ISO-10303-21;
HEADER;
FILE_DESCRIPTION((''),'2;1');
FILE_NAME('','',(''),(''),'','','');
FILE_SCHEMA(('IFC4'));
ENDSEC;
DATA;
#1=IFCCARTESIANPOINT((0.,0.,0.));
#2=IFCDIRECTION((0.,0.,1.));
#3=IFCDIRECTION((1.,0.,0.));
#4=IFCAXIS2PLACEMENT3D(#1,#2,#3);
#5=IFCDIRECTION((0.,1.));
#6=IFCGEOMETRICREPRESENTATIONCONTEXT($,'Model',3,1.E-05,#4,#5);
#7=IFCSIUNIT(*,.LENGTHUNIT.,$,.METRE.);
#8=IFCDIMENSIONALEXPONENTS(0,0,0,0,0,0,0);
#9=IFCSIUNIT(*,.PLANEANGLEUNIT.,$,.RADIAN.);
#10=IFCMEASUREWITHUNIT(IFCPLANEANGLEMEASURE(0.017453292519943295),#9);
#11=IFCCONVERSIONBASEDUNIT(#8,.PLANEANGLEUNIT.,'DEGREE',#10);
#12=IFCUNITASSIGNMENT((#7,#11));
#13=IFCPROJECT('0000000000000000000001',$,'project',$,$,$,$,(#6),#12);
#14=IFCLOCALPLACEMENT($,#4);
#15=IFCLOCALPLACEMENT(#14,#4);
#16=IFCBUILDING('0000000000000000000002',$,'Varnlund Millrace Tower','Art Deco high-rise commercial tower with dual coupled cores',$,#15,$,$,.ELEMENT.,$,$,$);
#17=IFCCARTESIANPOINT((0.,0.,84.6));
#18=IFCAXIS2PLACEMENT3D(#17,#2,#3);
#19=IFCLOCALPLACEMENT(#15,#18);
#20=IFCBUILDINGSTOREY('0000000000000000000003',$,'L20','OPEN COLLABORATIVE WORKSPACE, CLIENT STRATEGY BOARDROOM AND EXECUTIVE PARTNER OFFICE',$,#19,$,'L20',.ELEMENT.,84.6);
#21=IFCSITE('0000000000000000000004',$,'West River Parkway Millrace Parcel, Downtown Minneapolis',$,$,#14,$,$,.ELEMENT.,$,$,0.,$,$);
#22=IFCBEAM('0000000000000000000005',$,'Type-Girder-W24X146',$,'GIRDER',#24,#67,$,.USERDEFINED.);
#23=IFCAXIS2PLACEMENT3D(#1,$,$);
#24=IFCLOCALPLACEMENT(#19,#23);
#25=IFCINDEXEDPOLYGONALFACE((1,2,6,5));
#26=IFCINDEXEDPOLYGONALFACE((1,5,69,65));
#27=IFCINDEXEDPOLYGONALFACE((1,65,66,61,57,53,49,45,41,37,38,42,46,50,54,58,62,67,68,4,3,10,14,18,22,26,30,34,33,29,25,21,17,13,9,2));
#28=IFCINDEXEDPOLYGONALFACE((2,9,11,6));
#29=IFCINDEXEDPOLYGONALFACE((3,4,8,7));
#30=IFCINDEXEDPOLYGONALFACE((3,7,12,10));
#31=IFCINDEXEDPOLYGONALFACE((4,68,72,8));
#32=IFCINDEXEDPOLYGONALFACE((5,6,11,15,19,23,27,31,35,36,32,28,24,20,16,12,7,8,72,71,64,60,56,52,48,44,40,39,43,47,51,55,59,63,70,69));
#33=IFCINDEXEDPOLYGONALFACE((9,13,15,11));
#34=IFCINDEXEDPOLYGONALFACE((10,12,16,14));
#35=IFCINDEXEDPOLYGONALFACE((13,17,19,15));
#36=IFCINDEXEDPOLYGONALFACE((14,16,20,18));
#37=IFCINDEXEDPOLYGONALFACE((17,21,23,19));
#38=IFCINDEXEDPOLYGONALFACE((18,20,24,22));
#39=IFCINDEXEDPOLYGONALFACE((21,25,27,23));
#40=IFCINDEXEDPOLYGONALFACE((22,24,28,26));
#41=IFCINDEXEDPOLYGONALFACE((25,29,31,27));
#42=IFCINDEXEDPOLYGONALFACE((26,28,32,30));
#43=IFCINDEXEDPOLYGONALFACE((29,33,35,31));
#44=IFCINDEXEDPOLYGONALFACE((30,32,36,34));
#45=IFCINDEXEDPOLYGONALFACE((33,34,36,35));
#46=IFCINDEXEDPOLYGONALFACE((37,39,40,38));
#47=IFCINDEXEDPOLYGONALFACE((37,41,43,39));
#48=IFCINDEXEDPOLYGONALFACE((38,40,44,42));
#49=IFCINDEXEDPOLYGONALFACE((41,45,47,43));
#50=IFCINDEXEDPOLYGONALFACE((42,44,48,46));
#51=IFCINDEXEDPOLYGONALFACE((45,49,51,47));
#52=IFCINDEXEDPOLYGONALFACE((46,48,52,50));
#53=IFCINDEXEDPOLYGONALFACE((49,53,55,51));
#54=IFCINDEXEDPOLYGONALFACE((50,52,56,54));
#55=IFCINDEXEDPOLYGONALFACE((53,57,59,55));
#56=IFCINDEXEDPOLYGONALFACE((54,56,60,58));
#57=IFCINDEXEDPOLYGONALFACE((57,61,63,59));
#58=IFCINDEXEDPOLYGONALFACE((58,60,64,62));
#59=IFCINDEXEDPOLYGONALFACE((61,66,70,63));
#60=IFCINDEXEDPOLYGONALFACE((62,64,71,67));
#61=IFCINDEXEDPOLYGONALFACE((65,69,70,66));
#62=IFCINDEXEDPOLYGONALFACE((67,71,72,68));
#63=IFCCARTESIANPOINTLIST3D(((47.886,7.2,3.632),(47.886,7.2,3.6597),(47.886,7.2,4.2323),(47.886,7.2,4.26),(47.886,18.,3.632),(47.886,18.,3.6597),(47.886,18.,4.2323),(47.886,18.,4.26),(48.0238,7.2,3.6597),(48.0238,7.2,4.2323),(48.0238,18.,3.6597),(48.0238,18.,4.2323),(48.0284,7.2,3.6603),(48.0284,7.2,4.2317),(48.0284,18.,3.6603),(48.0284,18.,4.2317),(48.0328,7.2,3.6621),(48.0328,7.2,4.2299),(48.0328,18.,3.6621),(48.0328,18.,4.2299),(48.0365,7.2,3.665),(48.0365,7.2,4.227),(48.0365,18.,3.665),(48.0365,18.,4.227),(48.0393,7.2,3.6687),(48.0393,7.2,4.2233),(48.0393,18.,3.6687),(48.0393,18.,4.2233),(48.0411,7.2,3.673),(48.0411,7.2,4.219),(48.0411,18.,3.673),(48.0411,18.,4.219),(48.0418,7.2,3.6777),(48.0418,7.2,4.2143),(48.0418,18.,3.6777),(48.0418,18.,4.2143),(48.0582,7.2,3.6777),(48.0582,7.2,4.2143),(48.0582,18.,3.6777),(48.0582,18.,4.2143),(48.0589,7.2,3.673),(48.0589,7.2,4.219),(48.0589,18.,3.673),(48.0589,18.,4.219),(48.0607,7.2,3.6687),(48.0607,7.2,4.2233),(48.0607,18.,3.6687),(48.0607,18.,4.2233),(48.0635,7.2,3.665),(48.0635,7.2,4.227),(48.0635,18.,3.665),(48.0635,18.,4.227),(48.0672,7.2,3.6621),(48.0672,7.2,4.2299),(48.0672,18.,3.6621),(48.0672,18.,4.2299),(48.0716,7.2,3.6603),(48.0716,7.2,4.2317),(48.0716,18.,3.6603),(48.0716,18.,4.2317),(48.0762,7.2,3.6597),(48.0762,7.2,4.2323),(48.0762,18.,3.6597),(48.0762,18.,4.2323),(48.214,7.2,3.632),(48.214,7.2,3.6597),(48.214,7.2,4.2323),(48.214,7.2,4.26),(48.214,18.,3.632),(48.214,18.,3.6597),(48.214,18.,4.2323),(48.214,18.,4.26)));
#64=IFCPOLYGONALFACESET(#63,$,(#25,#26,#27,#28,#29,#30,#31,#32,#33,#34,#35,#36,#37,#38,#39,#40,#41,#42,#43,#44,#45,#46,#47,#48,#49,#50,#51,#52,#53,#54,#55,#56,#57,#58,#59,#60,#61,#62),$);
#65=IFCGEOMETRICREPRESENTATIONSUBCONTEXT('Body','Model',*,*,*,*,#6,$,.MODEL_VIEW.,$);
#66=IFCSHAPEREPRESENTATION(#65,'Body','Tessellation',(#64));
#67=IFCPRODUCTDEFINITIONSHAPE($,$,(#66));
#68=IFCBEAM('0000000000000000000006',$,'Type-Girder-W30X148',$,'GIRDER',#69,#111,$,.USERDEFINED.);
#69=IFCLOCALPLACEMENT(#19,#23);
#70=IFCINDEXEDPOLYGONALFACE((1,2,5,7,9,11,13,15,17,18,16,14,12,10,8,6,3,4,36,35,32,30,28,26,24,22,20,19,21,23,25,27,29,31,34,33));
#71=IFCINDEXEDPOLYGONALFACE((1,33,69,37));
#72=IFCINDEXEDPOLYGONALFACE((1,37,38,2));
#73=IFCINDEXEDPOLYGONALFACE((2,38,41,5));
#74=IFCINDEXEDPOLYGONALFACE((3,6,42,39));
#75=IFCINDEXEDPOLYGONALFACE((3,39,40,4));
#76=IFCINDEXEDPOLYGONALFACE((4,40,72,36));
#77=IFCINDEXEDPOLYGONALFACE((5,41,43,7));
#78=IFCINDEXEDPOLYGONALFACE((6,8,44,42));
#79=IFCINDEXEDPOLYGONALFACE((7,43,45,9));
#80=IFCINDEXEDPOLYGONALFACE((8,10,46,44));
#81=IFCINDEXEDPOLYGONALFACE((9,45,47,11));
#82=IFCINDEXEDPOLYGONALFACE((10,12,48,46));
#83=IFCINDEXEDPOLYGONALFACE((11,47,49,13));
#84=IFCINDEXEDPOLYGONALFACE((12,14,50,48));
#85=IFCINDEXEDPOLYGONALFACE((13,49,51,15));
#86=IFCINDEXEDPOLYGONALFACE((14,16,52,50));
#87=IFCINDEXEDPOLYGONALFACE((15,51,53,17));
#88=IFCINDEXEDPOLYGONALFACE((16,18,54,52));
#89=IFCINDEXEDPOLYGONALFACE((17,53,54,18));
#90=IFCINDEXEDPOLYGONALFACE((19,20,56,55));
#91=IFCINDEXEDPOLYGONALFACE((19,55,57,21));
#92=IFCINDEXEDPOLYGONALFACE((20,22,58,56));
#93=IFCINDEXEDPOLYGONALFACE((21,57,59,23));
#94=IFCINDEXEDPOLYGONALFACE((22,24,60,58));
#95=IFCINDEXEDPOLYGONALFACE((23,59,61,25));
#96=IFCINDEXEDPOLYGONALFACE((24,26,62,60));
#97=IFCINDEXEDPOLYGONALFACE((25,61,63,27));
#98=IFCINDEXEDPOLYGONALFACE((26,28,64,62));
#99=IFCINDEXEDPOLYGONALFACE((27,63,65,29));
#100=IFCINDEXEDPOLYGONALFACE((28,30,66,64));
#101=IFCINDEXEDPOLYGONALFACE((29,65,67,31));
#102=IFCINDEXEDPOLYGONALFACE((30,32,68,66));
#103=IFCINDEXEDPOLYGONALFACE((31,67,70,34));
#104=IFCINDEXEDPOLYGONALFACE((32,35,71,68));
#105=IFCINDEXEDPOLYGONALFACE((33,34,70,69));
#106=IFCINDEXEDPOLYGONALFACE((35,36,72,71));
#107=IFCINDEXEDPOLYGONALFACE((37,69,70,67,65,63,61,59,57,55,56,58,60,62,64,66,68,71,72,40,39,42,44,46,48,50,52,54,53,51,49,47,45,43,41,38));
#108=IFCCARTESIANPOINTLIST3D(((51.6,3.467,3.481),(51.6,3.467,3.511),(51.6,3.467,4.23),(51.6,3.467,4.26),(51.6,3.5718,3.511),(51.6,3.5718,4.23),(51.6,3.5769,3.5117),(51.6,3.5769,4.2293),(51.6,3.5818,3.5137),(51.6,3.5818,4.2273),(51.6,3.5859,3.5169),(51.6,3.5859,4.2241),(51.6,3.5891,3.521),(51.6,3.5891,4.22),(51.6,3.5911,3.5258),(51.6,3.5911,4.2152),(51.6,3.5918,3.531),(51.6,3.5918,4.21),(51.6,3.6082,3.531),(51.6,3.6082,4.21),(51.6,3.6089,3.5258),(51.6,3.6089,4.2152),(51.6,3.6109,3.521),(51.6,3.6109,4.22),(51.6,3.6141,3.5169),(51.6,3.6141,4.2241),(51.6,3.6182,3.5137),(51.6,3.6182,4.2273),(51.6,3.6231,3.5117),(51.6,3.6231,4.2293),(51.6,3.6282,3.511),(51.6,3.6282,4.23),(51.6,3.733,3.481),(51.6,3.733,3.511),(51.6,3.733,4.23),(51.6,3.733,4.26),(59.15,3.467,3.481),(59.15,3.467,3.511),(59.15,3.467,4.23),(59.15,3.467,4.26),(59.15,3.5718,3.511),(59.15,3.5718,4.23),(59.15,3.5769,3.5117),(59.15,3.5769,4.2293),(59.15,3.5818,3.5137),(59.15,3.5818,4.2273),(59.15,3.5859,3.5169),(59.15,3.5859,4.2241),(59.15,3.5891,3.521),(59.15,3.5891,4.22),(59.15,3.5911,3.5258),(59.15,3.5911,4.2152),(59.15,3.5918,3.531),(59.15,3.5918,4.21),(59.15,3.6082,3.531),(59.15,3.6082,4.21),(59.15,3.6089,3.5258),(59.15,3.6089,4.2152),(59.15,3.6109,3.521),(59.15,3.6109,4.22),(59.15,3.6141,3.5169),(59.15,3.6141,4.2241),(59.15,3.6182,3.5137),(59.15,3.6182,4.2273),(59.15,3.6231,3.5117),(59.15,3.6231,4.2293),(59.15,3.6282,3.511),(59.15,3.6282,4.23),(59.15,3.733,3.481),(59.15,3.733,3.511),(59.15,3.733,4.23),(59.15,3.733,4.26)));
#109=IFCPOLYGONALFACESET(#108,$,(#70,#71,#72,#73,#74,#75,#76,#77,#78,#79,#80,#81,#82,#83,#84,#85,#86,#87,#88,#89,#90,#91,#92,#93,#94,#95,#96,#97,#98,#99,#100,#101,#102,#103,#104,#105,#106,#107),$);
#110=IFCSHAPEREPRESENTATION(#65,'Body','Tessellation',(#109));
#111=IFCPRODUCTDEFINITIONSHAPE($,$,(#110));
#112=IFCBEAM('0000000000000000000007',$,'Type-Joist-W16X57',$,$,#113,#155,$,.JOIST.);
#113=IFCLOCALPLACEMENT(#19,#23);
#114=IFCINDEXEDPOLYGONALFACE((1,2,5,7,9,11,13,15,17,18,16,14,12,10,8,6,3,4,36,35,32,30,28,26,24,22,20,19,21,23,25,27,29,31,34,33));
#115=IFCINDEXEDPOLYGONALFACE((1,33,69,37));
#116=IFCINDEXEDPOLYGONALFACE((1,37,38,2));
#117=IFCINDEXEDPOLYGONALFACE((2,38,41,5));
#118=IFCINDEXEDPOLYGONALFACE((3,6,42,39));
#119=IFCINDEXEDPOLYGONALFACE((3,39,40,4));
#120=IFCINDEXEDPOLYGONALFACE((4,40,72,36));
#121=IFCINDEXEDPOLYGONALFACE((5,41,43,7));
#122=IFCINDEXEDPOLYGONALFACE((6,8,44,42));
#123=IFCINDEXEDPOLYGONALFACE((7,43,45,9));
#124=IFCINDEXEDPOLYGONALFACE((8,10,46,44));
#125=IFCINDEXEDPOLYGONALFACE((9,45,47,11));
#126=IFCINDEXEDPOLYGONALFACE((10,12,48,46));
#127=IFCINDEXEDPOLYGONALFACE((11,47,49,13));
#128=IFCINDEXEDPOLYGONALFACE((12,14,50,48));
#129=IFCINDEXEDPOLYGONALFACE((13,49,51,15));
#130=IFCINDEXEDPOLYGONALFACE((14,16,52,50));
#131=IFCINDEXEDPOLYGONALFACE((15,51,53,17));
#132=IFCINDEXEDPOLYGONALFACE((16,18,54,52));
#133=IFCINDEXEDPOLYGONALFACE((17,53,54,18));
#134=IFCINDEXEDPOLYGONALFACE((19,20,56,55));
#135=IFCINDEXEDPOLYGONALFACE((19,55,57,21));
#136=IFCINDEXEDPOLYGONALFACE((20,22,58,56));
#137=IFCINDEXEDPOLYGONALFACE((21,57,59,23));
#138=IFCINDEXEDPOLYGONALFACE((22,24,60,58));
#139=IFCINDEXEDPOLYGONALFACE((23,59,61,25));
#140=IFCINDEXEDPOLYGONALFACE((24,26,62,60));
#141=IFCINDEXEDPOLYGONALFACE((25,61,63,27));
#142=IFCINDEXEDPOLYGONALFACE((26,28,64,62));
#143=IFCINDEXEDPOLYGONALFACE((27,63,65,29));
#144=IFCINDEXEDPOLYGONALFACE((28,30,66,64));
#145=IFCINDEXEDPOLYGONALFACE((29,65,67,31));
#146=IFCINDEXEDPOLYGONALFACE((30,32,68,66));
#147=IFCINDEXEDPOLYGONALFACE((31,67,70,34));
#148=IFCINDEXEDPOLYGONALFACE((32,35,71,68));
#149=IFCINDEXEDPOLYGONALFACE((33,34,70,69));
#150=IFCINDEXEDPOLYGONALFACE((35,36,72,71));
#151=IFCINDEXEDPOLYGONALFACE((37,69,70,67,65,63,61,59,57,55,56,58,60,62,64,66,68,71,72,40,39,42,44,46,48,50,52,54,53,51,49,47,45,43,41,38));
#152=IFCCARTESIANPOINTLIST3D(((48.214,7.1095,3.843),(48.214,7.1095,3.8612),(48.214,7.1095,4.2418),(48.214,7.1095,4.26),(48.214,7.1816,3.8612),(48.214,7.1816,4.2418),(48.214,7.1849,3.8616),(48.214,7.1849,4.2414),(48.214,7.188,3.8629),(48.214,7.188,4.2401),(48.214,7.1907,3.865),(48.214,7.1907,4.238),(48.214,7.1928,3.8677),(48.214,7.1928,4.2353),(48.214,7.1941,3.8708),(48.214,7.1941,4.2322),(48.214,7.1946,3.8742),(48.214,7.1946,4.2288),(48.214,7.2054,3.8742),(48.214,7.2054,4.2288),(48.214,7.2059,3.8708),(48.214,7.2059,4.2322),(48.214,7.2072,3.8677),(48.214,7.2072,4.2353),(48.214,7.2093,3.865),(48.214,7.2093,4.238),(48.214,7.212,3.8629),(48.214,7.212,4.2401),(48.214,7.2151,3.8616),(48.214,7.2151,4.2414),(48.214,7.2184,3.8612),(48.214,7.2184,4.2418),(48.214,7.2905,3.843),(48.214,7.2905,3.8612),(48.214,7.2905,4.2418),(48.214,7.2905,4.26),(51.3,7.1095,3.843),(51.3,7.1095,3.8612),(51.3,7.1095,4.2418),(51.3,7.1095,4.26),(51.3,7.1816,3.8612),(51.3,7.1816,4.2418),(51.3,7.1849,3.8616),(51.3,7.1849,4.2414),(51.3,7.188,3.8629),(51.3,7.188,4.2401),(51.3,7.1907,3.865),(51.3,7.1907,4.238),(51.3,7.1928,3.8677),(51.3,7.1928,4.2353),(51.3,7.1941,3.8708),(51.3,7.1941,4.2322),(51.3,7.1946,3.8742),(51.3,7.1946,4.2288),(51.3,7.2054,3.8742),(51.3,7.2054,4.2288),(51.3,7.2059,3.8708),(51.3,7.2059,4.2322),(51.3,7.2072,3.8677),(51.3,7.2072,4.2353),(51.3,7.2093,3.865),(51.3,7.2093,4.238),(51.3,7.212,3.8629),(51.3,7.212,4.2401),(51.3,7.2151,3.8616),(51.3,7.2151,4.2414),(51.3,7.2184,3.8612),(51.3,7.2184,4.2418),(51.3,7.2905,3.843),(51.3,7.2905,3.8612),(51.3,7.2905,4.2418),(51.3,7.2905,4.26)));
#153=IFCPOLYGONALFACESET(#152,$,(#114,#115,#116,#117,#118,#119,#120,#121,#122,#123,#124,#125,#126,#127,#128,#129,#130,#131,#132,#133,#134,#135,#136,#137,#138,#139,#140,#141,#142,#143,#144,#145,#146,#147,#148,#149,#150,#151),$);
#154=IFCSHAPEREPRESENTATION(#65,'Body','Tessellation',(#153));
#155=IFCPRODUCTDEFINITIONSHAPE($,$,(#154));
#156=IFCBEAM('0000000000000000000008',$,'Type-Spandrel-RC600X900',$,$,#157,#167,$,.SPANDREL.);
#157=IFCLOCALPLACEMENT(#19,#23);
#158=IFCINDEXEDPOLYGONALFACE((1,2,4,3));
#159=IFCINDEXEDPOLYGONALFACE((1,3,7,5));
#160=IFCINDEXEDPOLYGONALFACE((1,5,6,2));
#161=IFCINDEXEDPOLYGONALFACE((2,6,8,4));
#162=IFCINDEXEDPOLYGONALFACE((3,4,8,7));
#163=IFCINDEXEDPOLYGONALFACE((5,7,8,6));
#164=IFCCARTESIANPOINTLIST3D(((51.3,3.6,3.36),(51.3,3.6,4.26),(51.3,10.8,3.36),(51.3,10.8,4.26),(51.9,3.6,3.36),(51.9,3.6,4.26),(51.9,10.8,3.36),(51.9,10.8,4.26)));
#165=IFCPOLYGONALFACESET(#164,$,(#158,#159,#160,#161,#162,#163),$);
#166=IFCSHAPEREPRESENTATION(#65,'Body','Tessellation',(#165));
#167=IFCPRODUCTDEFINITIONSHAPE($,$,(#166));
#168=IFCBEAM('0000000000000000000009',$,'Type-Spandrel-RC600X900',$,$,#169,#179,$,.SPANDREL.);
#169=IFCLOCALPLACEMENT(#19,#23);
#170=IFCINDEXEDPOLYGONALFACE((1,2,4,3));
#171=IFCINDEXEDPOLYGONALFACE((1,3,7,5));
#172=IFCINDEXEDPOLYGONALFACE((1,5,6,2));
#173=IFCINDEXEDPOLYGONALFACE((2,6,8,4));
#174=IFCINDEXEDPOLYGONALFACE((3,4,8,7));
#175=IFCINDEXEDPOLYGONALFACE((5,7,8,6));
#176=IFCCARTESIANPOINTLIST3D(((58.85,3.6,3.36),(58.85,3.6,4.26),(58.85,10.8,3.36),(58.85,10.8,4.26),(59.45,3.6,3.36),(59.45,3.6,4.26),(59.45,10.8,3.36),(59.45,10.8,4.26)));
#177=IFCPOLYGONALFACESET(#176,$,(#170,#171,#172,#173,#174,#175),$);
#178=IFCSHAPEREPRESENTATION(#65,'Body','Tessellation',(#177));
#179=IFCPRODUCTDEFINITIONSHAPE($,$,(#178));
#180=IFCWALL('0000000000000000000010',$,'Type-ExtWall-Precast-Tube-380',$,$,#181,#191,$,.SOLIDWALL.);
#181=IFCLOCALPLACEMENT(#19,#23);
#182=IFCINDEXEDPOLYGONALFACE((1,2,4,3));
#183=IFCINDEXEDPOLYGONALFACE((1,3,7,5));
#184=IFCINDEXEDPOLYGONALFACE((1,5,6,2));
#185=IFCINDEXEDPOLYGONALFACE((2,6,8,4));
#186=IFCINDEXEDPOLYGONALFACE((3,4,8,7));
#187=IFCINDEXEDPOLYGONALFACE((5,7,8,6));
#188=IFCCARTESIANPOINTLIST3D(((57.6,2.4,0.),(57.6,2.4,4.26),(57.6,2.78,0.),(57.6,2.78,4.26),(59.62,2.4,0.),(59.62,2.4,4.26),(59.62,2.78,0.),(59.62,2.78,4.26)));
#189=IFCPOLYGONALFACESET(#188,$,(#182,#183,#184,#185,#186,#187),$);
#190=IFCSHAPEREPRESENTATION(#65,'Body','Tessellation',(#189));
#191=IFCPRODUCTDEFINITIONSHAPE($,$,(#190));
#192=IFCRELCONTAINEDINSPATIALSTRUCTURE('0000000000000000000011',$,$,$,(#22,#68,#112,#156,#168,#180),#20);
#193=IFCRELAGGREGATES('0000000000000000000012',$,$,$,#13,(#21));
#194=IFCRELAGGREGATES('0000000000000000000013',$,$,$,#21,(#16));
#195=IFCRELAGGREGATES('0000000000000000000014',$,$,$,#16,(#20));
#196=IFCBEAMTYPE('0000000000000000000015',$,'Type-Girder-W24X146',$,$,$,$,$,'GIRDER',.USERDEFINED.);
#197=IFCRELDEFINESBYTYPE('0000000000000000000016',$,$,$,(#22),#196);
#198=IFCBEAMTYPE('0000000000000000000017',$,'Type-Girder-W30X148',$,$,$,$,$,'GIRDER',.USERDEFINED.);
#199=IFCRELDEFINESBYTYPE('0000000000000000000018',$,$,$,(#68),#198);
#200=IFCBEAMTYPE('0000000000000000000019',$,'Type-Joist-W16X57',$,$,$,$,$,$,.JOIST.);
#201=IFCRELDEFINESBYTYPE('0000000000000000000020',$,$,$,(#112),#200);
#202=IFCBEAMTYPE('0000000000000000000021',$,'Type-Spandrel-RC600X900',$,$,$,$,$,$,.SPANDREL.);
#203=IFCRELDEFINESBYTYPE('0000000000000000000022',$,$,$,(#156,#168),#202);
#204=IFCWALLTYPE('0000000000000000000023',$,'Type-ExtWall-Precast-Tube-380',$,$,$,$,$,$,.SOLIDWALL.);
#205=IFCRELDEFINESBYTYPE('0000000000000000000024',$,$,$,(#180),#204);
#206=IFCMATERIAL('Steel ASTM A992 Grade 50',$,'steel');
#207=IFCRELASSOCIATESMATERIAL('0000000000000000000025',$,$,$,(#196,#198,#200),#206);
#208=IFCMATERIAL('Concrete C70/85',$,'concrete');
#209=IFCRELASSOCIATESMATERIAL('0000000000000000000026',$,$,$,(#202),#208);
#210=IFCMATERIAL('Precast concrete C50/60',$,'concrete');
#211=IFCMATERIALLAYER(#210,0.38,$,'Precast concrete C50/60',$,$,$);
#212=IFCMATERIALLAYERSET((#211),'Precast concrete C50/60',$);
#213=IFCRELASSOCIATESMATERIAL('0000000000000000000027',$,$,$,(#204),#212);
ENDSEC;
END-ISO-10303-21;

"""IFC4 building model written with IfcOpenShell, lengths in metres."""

from ifc_helpers import new_model, entity, si_unit, converted_unit, direction, frame, origin_with_axes, origin_2d_with_axis, place, context, subcontext, project, spatial, polyline, rectangle, i_section, outline, extrude, material, layer, layer_set, material_profile, profile_set, type_object, element, save


model = new_model("IFC4")

# Units and contexts
model_context = context("Model", 3, precision=1e-05, world=origin_with_axes(), true_north=direction((0.0, 1.0)))
body_context = subcontext(model_context, "Body", "Model", "MODEL_VIEW")
ifc_project = project(units=[si_unit("LENGTHUNIT", "METRE"), converted_unit("PLANEANGLEUNIT", "DEGREE", entity("IfcPlaneAngleMeasure", 0.017453292519943295), si_unit("PLANEANGLEUNIT", "RADIAN"), dimensions=[0, 0, 0, 0, 0, 0, 0])], contexts=[model_context])

# Site, building, storey
site_placement = place(None, origin_with_axes())
site = spatial("IfcSite", under=ifc_project, at=site_placement, Name="West River Parkway Millrace Parcel, Downtown Minneapolis", CompositionType="ELEMENT", RefElevation=0.0)
building_placement = place(site_placement, origin_with_axes())
building = spatial("IfcBuilding", under=site, at=building_placement, Name="Varnlund Millrace Tower", Description="Art Deco high-rise commercial tower with dual coupled cores", CompositionType="ELEMENT")
storey_placement = place(building_placement, frame((0.0, 0.0, 84.6), z_axis=(0.0, 0.0, 1.0), x_axis=(1.0, 0.0, 0.0)))
storey = spatial("IfcBuildingStorey", under=building, at=storey_placement, Name="L20", Description="OPEN COLLABORATIVE WORKSPACE, CLIENT STRATEGY BOARDROOM AND EXECUTIVE PARTNER OFFICE", LongName="L20", CompositionType="ELEMENT", Elevation=84.6)

# Beams
ifc_material_1 = material(Name="Steel ASTM A992 Grade 50", Category="steel")
ifc_material_profile_1 = material_profile(ifc_material_1, i_section(OverallWidth=0.328, OverallDepth=0.628, WebThickness=0.0165, FlangeThickness=0.0277, FilletRadius=0.018, at=origin_2d_with_axis()), Name="Steel ASTM A992 Grade 50")
ifc_profile_set_1 = profile_set([ifc_material_profile_1], Name="Steel ASTM A992 Grade 50")
beam_type_1 = type_object("IfcBeamType", Name="Type-Girder-W24X146", ElementType="GIRDER", PredefinedType="USERDEFINED", material=ifc_profile_set_1)
beam_1_placement = place(storey_placement, frame((48.05, 7.2, 3.946), z_axis=(0.0, 1.0, 0.0), x_axis=(-1.0, 0.0, 0.0)))
element("IfcBeam", 1, at=beam_1_placement, inside=storey, type_object=beam_type_1, Name="Type-Girder-W24X146", ObjectType="GIRDER", PredefinedType="USERDEFINED", context=body_context, shape_type="SweptSolid", body=[
    extrude(i_section(OverallWidth=0.328, OverallDepth=0.628, WebThickness=0.0165, FlangeThickness=0.0277, FilletRadius=0.018, at=origin_2d_with_axis()), origin_with_axes(), (0.0, 0.0, 1.0), 10.8),
])
ifc_material_profile_2 = material_profile(ifc_material_1, i_section(OverallWidth=0.266, OverallDepth=0.779, WebThickness=0.0165, FlangeThickness=0.03, FilletRadius=0.02, at=origin_2d_with_axis()), Name="Steel ASTM A992 Grade 50")
ifc_profile_set_2 = profile_set([ifc_material_profile_2], Name="Steel ASTM A992 Grade 50")
beam_type_2 = type_object("IfcBeamType", Name="Type-Girder-W30X148", ElementType="GIRDER", PredefinedType="USERDEFINED", material=ifc_profile_set_2)
beam_2_placement = place(storey_placement, frame((51.6, 3.6, 3.8705), z_axis=(1.0, 0.0, 0.0), x_axis=(0.0, 1.0, 0.0)))
element("IfcBeam", 2, at=beam_2_placement, inside=storey, type_object=beam_type_2, Name="Type-Girder-W30X148", ObjectType="GIRDER", PredefinedType="USERDEFINED", context=body_context, shape_type="SweptSolid", body=[
    extrude(i_section(OverallWidth=0.266, OverallDepth=0.779, WebThickness=0.0165, FlangeThickness=0.03, FilletRadius=0.02, at=origin_2d_with_axis()), origin_with_axes(), (0.0, 0.0, 1.0), 7.55),
])
ifc_material_profile_3 = material_profile(ifc_material_1, i_section(OverallWidth=0.181, OverallDepth=0.417, WebThickness=0.0109, FlangeThickness=0.0182, FilletRadius=0.013, at=origin_2d_with_axis()), Name="Steel ASTM A992 Grade 50")
ifc_profile_set_3 = profile_set([ifc_material_profile_3], Name="Steel ASTM A992 Grade 50")
beam_type_3 = type_object("IfcBeamType", Name="Type-Joist-W16X57", PredefinedType="JOIST", material=ifc_profile_set_3)
beam_3_placement = place(storey_placement, frame((48.214, 7.2, 4.0515), z_axis=(1.0, 0.0, 0.0), x_axis=(0.0, 1.0, 0.0)))
element("IfcBeam", 3, at=beam_3_placement, inside=storey, type_object=beam_type_3, Name="Type-Joist-W16X57", PredefinedType="JOIST", context=body_context, shape_type="SweptSolid", body=[
    extrude(i_section(OverallWidth=0.181, OverallDepth=0.417, WebThickness=0.0109, FlangeThickness=0.0182, FilletRadius=0.013, at=origin_2d_with_axis()), origin_with_axes(), (0.0, 0.0, 1.0), 3.086),
])
ifc_material_2 = material(Name="Concrete C70/85", Category="concrete")
ifc_material_profile_4 = material_profile(ifc_material_2, rectangle(XDim=0.6, YDim=0.9, at=origin_2d_with_axis()), Name="Concrete C70/85")
ifc_profile_set_4 = profile_set([ifc_material_profile_4], Name="Concrete C70/85")
beam_type_4 = type_object("IfcBeamType", Name="Type-Spandrel-RC600X900", PredefinedType="SPANDREL", material=ifc_profile_set_4)
for number, where, z_axis, x_axis, name in (
    (4, (51.6, 3.6, 3.81), (0.0, 1.0, 0.0), (-1.0, 0.0, 0.0), "Type-Spandrel-RC600X900"),
    (5, (59.15, 3.6, 3.81), (0.0, 1.0, 0.0), (-1.0, 0.0, 0.0), "Type-Spandrel-RC600X900"),
):
    element("IfcBeam", number, at=place(storey_placement, frame(where, z_axis=z_axis, x_axis=x_axis)), inside=storey, type_object=beam_type_4, Name=name, PredefinedType="SPANDREL", context=body_context, shape_type="SweptSolid", body=[
        extrude(rectangle(XDim=0.6, YDim=0.9, at=origin_2d_with_axis()), origin_with_axes(), (0.0, 0.0, 1.0), 7.2),
    ])

# Wall
ifc_material_3 = material(Name="Precast concrete C50/60", Category="concrete")
ifc_layer = layer(ifc_material_3, 0.38, Name="Precast concrete C50/60")
ifc_layer_set = layer_set([ifc_layer], Name="Precast concrete C50/60")
wall_type = type_object("IfcWallType", Name="Type-ExtWall-Precast-Tube-380", PredefinedType="SOLIDWALL", material=ifc_layer_set)
wall_1_placement = place(storey_placement, frame((59.62, 2.59, 0.0), z_axis=(0.0, 0.0, 1.0), x_axis=(-1.0, 0.0, 0.0)))
element("IfcWall", 6, at=wall_1_placement, inside=storey, type_object=wall_type, Name="Type-ExtWall-Precast-Tube-380", PredefinedType="SOLIDWALL", context=body_context, shape_type="SweptSolid", body=[
    extrude(outline(polyline([(0.0, -0.19), (2.02, -0.19), (2.02, 0.19), (0.0, 0.19), (0.0, -0.19)])), origin_with_axes(), (0.0, 0.0, 1.0), 4.26),
])

save(model, "model.ifc")
